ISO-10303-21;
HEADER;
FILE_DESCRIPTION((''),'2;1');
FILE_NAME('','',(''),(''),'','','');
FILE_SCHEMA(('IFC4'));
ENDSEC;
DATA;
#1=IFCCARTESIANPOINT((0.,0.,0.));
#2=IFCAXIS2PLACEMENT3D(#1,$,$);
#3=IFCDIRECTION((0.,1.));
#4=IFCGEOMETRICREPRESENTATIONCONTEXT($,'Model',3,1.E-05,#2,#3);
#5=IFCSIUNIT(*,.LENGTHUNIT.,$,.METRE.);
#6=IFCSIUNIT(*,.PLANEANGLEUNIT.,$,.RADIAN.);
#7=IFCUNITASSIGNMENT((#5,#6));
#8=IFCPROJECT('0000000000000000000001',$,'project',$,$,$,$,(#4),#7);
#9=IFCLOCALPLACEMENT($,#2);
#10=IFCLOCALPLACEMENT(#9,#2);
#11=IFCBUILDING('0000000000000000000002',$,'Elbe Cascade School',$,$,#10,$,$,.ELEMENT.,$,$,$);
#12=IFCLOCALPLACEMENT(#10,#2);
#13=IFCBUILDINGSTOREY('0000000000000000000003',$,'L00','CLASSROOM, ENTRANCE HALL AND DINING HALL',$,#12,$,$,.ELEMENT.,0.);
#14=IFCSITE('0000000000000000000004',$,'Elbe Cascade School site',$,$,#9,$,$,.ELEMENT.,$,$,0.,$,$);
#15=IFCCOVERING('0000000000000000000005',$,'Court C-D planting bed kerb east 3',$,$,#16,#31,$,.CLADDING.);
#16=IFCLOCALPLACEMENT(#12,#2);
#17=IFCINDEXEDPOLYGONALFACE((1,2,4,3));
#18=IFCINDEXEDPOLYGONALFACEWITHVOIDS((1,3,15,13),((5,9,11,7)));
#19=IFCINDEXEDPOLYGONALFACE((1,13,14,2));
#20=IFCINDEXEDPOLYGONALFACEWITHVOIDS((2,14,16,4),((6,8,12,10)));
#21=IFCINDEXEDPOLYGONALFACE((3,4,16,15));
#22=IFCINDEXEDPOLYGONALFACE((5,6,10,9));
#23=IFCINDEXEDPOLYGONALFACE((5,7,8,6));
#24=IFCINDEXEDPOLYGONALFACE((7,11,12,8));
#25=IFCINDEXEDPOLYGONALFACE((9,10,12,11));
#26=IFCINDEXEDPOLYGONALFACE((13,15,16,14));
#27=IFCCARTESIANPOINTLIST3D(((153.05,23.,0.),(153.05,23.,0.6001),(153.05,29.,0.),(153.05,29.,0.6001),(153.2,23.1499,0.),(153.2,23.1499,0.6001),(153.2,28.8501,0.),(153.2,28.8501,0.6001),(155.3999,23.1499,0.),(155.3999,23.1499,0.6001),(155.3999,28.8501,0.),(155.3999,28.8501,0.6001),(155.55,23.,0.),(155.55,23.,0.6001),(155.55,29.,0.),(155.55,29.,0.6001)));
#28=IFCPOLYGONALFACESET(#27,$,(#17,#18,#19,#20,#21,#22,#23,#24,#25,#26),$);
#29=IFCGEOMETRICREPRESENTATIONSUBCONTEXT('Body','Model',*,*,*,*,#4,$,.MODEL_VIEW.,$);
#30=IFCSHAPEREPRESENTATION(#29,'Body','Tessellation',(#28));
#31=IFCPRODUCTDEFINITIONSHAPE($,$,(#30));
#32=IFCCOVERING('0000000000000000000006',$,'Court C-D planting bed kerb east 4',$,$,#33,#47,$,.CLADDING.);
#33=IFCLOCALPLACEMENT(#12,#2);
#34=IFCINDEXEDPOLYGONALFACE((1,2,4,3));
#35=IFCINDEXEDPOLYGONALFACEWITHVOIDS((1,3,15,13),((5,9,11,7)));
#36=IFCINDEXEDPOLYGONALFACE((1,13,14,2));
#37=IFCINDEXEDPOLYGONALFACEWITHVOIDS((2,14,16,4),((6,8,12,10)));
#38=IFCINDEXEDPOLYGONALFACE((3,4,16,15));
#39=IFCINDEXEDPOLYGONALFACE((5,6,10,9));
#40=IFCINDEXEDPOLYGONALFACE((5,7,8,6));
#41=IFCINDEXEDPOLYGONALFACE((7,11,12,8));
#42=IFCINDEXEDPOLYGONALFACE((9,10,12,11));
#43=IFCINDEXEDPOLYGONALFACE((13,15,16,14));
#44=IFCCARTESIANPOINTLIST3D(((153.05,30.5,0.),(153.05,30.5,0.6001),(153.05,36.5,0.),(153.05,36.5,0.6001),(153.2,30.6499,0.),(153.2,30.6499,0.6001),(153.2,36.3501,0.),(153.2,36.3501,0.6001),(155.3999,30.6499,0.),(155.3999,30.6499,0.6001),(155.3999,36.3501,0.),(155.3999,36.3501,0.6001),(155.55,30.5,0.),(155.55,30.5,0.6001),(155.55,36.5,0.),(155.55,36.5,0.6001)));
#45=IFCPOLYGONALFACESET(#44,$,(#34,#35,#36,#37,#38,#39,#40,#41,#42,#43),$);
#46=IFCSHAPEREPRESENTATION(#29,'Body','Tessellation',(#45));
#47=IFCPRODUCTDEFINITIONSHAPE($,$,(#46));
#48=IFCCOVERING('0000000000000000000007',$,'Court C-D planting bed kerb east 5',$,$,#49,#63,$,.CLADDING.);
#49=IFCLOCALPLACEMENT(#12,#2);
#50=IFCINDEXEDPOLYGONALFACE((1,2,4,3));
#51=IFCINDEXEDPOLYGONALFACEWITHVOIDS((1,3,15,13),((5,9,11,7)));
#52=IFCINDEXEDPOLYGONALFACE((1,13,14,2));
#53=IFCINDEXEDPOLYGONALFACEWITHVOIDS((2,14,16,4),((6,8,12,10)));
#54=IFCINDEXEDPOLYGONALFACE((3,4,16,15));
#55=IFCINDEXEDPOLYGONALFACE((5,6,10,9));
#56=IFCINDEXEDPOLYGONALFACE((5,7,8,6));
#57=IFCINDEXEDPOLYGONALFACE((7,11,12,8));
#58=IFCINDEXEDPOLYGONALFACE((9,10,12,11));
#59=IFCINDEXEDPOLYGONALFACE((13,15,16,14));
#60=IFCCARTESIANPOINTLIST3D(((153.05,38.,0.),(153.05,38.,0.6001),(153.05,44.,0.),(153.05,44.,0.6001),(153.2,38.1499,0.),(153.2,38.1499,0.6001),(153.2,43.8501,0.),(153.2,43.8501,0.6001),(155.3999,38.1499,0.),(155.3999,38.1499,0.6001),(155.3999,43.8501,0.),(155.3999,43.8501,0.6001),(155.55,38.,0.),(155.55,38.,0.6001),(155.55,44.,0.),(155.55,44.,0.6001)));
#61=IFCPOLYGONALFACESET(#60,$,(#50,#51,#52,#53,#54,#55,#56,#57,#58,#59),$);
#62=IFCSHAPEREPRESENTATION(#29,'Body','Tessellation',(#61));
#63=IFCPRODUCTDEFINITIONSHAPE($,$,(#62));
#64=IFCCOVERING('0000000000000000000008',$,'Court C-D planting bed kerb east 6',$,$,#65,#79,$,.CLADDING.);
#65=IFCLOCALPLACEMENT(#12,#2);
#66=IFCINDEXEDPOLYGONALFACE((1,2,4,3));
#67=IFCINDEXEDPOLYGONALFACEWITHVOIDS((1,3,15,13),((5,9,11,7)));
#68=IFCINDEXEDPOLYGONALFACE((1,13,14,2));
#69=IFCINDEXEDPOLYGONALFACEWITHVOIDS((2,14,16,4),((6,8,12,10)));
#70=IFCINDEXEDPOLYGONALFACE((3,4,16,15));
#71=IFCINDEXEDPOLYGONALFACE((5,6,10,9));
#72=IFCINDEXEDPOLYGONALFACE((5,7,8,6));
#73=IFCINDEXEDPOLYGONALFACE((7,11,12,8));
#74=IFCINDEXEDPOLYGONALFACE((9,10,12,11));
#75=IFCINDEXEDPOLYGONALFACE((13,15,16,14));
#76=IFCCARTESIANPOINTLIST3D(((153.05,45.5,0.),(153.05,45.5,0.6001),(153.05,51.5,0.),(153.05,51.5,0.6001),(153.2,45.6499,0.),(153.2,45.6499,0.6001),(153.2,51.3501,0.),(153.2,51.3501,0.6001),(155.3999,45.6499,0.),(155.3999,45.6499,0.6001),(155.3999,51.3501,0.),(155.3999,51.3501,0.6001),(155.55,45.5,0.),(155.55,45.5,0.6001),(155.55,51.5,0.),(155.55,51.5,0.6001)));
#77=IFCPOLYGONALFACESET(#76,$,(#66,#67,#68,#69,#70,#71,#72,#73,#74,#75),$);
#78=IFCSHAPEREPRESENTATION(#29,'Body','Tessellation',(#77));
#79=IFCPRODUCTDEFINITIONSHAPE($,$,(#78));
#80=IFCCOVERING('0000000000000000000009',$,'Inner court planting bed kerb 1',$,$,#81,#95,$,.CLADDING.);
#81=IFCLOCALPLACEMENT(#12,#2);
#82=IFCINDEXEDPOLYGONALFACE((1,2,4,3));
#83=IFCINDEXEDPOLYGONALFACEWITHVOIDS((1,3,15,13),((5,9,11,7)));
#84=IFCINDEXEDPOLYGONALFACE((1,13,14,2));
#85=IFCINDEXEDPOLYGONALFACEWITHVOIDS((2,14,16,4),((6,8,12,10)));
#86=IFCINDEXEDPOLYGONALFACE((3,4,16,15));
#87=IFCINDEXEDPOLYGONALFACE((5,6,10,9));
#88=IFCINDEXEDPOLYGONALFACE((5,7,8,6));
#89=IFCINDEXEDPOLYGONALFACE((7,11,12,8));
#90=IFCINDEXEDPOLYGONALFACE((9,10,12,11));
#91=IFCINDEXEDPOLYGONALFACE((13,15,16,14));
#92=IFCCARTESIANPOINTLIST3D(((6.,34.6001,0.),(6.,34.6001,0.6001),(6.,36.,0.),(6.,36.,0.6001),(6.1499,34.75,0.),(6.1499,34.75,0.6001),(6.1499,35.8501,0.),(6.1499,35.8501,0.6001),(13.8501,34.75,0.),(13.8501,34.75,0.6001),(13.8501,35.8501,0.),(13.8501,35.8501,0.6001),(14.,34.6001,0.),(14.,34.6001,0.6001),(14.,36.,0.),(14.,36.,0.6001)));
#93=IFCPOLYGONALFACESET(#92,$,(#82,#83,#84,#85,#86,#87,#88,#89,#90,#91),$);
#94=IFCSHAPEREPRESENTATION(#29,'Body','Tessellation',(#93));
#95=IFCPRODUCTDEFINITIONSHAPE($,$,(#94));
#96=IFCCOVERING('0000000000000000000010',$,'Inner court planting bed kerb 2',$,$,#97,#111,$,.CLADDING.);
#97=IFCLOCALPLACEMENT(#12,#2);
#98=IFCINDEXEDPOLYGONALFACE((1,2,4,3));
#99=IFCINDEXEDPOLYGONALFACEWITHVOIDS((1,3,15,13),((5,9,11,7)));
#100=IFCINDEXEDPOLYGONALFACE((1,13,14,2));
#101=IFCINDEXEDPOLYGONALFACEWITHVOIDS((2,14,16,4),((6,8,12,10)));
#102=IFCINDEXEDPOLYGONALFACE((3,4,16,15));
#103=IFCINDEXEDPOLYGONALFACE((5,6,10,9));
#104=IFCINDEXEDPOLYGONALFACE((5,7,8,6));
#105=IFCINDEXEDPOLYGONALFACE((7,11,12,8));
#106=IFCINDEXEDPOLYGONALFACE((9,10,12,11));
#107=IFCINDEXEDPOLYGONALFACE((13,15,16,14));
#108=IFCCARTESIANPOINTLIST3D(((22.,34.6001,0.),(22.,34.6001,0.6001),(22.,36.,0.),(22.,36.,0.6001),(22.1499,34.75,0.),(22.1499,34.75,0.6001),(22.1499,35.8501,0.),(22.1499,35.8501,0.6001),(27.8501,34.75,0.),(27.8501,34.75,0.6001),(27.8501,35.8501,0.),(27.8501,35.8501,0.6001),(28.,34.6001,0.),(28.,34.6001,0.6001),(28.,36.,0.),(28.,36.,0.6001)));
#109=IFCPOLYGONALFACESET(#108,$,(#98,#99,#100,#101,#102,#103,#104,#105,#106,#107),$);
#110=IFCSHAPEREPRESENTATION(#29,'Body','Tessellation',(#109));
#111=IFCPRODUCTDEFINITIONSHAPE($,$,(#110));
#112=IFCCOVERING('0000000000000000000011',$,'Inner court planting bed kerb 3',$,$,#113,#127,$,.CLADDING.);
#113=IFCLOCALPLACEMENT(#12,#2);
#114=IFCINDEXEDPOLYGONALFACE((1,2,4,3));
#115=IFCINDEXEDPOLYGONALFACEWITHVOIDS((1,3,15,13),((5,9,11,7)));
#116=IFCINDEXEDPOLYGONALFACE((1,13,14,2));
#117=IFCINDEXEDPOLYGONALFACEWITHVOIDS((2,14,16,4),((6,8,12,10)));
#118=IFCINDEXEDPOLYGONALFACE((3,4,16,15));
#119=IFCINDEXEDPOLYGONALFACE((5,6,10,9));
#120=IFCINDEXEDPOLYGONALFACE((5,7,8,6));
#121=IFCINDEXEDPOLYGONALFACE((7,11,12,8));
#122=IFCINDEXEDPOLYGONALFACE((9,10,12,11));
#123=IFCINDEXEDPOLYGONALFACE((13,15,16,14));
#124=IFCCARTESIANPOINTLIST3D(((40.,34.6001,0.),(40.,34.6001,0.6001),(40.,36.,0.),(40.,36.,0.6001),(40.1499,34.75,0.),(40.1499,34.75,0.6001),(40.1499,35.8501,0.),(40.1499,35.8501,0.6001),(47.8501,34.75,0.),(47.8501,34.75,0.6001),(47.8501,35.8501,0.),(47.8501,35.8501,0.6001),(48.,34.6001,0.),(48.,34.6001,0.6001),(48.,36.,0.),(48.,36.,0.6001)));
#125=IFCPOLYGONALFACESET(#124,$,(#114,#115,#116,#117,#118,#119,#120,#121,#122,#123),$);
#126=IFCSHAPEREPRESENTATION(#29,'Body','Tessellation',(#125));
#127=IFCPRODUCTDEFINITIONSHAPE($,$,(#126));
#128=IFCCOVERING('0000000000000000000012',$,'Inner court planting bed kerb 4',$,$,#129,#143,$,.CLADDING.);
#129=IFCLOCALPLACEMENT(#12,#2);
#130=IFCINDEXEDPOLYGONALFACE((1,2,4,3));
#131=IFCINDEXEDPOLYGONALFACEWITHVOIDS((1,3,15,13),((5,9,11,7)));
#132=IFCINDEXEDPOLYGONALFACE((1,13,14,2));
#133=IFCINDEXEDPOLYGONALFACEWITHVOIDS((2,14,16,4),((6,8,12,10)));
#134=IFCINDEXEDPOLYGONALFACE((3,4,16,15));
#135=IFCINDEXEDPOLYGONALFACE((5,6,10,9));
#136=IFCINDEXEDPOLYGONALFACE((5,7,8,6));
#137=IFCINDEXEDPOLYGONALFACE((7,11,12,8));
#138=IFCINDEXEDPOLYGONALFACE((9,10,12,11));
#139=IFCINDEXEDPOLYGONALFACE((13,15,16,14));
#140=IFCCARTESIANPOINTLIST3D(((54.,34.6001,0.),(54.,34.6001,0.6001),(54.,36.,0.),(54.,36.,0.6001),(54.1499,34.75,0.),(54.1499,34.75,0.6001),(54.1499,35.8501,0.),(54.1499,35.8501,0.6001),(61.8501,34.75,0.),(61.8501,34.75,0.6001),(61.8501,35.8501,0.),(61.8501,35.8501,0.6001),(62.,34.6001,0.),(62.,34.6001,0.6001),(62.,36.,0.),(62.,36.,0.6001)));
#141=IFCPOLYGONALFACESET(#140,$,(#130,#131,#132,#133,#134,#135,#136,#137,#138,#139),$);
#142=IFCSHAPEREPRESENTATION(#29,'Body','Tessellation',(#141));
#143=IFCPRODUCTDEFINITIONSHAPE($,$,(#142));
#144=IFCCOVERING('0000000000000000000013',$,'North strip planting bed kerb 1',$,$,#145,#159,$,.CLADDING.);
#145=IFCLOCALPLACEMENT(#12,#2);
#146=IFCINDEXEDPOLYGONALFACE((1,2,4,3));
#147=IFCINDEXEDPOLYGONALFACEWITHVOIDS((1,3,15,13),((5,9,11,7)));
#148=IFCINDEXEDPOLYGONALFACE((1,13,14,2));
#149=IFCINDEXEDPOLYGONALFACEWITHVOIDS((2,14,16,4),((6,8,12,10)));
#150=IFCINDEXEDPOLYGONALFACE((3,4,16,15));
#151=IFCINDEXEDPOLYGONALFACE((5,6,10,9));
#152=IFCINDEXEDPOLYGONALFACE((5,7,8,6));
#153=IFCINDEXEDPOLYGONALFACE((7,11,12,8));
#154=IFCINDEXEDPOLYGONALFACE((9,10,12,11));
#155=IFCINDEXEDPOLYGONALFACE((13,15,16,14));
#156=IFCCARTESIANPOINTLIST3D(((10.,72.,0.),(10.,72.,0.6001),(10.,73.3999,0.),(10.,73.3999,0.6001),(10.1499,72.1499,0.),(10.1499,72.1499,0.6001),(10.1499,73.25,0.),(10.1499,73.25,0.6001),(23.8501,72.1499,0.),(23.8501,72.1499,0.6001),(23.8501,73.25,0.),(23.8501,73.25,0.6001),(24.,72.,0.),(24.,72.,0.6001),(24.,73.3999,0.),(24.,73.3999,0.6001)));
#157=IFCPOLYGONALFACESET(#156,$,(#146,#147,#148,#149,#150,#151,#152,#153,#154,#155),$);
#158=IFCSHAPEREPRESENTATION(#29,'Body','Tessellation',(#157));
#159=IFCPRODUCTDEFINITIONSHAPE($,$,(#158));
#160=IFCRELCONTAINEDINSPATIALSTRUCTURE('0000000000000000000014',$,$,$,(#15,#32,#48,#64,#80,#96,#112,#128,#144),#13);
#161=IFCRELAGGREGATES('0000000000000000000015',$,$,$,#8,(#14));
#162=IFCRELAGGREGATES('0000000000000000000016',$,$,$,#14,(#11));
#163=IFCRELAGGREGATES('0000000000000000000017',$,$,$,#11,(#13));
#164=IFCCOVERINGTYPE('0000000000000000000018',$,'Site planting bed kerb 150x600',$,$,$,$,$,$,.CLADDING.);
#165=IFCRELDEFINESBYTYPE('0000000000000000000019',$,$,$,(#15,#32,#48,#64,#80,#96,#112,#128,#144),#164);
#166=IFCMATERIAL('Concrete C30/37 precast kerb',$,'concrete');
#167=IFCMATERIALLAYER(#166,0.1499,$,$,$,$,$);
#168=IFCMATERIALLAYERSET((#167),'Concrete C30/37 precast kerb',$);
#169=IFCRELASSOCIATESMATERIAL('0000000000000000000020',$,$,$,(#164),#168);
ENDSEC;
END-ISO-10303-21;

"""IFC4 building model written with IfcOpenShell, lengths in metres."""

from ifc_helpers import new_model, si_unit, direction, origin, place, context, subcontext, project, spatial, polyline, outline, extrude, material, layer, layer_set, type_object, element, save


model = new_model("IFC4")

# Units and contexts
model_context = context("Model", 3, precision=1e-05, world=origin(), true_north=direction((0.0, 1.0)))
body_context = subcontext(model_context, "Body", "Model", "MODEL_VIEW")
ifc_project = project(units=[si_unit("LENGTHUNIT", "METRE"), si_unit("PLANEANGLEUNIT", "RADIAN")], contexts=[model_context])

# Site, building, storey
site_placement = place(None, origin())
site = spatial("IfcSite", under=ifc_project, at=site_placement, Name="Elbe Cascade School site", CompositionType="ELEMENT", RefElevation=0.0)
building_placement = place(site_placement, origin())
building = spatial("IfcBuilding", under=site, at=building_placement, Name="Elbe Cascade School", CompositionType="ELEMENT")
storey_placement = place(building_placement, origin())
storey = spatial("IfcBuildingStorey", under=building, at=storey_placement, Name="L00", Description="CLASSROOM, ENTRANCE HALL AND DINING HALL", CompositionType="ELEMENT", Elevation=0.0)

# Coverings
ifc_material_1 = material(Name="Concrete C30/37 precast kerb", Category="concrete")
ifc_layer_1 = layer(ifc_material_1, 0.1499)
ifc_layer_set_1 = layer_set([ifc_layer_1], Name="Concrete C30/37 precast kerb")
covering_type_1 = type_object("IfcCoveringType", Name="Site planting bed kerb 150x600", PredefinedType="CLADDING", material=ifc_layer_set_1)
covering_1_placement = place(storey_placement, origin())
element("IfcCovering", 1, at=covering_1_placement, inside=storey, type_object=covering_type_1, Name="Court C-D planting bed kerb east 3", PredefinedType="CLADDING", context=body_context, shape_type="SweptSolid", body=[
    extrude(outline(polyline([(153.05, 23.0), (155.55, 23.0), (155.55, 29.0), (153.05, 29.0), (153.05, 23.0)]), holes=[polyline([(153.2, 23.1499), (155.3999, 23.1499), (155.3999, 28.8501), (153.2, 28.8501), (153.2, 23.1499)])]), origin(), (0.0, 0.0, 1.0), 0.6001),
])
covering_2_placement = place(storey_placement, origin())
element("IfcCovering", 2, at=covering_2_placement, inside=storey, type_object=covering_type_1, Name="Court C-D planting bed kerb east 4", PredefinedType="CLADDING", context=body_context, shape_type="SweptSolid", body=[
    extrude(outline(polyline([(153.05, 30.5), (155.55, 30.5), (155.55, 36.5), (153.05, 36.5), (153.05, 30.5)]), holes=[polyline([(153.2, 30.6499), (155.3999, 30.6499), (155.3999, 36.3501), (153.2, 36.3501), (153.2, 30.6499)])]), origin(), (0.0, 0.0, 1.0), 0.6001),
])
covering_3_placement = place(storey_placement, origin())
element("IfcCovering", 3, at=covering_3_placement, inside=storey, type_object=covering_type_1, Name="Court C-D planting bed kerb east 5", PredefinedType="CLADDING", context=body_context, shape_type="SweptSolid", body=[
    extrude(outline(polyline([(153.05, 38.0), (155.55, 38.0), (155.55, 44.0), (153.05, 44.0), (153.05, 38.0)]), holes=[polyline([(153.2, 38.1499), (155.3999, 38.1499), (155.3999, 43.8501), (153.2, 43.8501), (153.2, 38.1499)])]), origin(), (0.0, 0.0, 1.0), 0.6001),
])
covering_4_placement = place(storey_placement, origin())
element("IfcCovering", 4, at=covering_4_placement, inside=storey, type_object=covering_type_1, Name="Court C-D planting bed kerb east 6", PredefinedType="CLADDING", context=body_context, shape_type="SweptSolid", body=[
    extrude(outline(polyline([(153.05, 45.5), (155.55, 45.5), (155.55, 51.5), (153.05, 51.5), (153.05, 45.5)]), holes=[polyline([(153.2, 45.6499), (155.3999, 45.6499), (155.3999, 51.3501), (153.2, 51.3501), (153.2, 45.6499)])]), origin(), (0.0, 0.0, 1.0), 0.6001),
])
covering_5_placement = place(storey_placement, origin())
element("IfcCovering", 5, at=covering_5_placement, inside=storey, type_object=covering_type_1, Name="Inner court planting bed kerb 1", PredefinedType="CLADDING", context=body_context, shape_type="SweptSolid", body=[
    extrude(outline(polyline([(6.0, 34.6001), (14.0, 34.6001), (14.0, 36.0), (6.0, 36.0), (6.0, 34.6001)]), holes=[polyline([(6.1499, 34.75), (13.8501, 34.75), (13.8501, 35.8501), (6.1499, 35.8501), (6.1499, 34.75)])]), origin(), (0.0, 0.0, 1.0), 0.6001),
])
covering_6_placement = place(storey_placement, origin())
element("IfcCovering", 6, at=covering_6_placement, inside=storey, type_object=covering_type_1, Name="Inner court planting bed kerb 2", PredefinedType="CLADDING", context=body_context, shape_type="SweptSolid", body=[
    extrude(outline(polyline([(22.0, 34.6001), (28.0, 34.6001), (28.0, 36.0), (22.0, 36.0), (22.0, 34.6001)]), holes=[polyline([(22.1499, 34.75), (27.8501, 34.75), (27.8501, 35.8501), (22.1499, 35.8501), (22.1499, 34.75)])]), origin(), (0.0, 0.0, 1.0), 0.6001),
])
covering_7_placement = place(storey_placement, origin())
element("IfcCovering", 7, at=covering_7_placement, inside=storey, type_object=covering_type_1, Name="Inner court planting bed kerb 3", PredefinedType="CLADDING", context=body_context, shape_type="SweptSolid", body=[
    extrude(outline(polyline([(40.0, 34.6001), (48.0, 34.6001), (48.0, 36.0), (40.0, 36.0), (40.0, 34.6001)]), holes=[polyline([(40.1499, 34.75), (47.8501, 34.75), (47.8501, 35.8501), (40.1499, 35.8501), (40.1499, 34.75)])]), origin(), (0.0, 0.0, 1.0), 0.6001),
])
covering_8_placement = place(storey_placement, origin())
element("IfcCovering", 8, at=covering_8_placement, inside=storey, type_object=covering_type_1, Name="Inner court planting bed kerb 4", PredefinedType="CLADDING", context=body_context, shape_type="SweptSolid", body=[
    extrude(outline(polyline([(54.0, 34.6001), (62.0, 34.6001), (62.0, 36.0), (54.0, 36.0), (54.0, 34.6001)]), holes=[polyline([(54.1499, 34.75), (61.8501, 34.75), (61.8501, 35.8501), (54.1499, 35.8501), (54.1499, 34.75)])]), origin(), (0.0, 0.0, 1.0), 0.6001),
])
covering_9_placement = place(storey_placement, origin())
element("IfcCovering", 9, at=covering_9_placement, inside=storey, type_object=covering_type_1, Name="North strip planting bed kerb 1", PredefinedType="CLADDING", context=body_context, shape_type="SweptSolid", body=[
    extrude(outline(polyline([(10.0, 72.0), (24.0, 72.0), (24.0, 73.3999), (10.0, 73.3999), (10.0, 72.0)]), holes=[polyline([(10.1499, 72.1499), (23.8501, 72.1499), (23.8501, 73.25), (10.1499, 73.25), (10.1499, 72.1499)])]), origin(), (0.0, 0.0, 1.0), 0.6001),
])

save(model, "model.ifc")
